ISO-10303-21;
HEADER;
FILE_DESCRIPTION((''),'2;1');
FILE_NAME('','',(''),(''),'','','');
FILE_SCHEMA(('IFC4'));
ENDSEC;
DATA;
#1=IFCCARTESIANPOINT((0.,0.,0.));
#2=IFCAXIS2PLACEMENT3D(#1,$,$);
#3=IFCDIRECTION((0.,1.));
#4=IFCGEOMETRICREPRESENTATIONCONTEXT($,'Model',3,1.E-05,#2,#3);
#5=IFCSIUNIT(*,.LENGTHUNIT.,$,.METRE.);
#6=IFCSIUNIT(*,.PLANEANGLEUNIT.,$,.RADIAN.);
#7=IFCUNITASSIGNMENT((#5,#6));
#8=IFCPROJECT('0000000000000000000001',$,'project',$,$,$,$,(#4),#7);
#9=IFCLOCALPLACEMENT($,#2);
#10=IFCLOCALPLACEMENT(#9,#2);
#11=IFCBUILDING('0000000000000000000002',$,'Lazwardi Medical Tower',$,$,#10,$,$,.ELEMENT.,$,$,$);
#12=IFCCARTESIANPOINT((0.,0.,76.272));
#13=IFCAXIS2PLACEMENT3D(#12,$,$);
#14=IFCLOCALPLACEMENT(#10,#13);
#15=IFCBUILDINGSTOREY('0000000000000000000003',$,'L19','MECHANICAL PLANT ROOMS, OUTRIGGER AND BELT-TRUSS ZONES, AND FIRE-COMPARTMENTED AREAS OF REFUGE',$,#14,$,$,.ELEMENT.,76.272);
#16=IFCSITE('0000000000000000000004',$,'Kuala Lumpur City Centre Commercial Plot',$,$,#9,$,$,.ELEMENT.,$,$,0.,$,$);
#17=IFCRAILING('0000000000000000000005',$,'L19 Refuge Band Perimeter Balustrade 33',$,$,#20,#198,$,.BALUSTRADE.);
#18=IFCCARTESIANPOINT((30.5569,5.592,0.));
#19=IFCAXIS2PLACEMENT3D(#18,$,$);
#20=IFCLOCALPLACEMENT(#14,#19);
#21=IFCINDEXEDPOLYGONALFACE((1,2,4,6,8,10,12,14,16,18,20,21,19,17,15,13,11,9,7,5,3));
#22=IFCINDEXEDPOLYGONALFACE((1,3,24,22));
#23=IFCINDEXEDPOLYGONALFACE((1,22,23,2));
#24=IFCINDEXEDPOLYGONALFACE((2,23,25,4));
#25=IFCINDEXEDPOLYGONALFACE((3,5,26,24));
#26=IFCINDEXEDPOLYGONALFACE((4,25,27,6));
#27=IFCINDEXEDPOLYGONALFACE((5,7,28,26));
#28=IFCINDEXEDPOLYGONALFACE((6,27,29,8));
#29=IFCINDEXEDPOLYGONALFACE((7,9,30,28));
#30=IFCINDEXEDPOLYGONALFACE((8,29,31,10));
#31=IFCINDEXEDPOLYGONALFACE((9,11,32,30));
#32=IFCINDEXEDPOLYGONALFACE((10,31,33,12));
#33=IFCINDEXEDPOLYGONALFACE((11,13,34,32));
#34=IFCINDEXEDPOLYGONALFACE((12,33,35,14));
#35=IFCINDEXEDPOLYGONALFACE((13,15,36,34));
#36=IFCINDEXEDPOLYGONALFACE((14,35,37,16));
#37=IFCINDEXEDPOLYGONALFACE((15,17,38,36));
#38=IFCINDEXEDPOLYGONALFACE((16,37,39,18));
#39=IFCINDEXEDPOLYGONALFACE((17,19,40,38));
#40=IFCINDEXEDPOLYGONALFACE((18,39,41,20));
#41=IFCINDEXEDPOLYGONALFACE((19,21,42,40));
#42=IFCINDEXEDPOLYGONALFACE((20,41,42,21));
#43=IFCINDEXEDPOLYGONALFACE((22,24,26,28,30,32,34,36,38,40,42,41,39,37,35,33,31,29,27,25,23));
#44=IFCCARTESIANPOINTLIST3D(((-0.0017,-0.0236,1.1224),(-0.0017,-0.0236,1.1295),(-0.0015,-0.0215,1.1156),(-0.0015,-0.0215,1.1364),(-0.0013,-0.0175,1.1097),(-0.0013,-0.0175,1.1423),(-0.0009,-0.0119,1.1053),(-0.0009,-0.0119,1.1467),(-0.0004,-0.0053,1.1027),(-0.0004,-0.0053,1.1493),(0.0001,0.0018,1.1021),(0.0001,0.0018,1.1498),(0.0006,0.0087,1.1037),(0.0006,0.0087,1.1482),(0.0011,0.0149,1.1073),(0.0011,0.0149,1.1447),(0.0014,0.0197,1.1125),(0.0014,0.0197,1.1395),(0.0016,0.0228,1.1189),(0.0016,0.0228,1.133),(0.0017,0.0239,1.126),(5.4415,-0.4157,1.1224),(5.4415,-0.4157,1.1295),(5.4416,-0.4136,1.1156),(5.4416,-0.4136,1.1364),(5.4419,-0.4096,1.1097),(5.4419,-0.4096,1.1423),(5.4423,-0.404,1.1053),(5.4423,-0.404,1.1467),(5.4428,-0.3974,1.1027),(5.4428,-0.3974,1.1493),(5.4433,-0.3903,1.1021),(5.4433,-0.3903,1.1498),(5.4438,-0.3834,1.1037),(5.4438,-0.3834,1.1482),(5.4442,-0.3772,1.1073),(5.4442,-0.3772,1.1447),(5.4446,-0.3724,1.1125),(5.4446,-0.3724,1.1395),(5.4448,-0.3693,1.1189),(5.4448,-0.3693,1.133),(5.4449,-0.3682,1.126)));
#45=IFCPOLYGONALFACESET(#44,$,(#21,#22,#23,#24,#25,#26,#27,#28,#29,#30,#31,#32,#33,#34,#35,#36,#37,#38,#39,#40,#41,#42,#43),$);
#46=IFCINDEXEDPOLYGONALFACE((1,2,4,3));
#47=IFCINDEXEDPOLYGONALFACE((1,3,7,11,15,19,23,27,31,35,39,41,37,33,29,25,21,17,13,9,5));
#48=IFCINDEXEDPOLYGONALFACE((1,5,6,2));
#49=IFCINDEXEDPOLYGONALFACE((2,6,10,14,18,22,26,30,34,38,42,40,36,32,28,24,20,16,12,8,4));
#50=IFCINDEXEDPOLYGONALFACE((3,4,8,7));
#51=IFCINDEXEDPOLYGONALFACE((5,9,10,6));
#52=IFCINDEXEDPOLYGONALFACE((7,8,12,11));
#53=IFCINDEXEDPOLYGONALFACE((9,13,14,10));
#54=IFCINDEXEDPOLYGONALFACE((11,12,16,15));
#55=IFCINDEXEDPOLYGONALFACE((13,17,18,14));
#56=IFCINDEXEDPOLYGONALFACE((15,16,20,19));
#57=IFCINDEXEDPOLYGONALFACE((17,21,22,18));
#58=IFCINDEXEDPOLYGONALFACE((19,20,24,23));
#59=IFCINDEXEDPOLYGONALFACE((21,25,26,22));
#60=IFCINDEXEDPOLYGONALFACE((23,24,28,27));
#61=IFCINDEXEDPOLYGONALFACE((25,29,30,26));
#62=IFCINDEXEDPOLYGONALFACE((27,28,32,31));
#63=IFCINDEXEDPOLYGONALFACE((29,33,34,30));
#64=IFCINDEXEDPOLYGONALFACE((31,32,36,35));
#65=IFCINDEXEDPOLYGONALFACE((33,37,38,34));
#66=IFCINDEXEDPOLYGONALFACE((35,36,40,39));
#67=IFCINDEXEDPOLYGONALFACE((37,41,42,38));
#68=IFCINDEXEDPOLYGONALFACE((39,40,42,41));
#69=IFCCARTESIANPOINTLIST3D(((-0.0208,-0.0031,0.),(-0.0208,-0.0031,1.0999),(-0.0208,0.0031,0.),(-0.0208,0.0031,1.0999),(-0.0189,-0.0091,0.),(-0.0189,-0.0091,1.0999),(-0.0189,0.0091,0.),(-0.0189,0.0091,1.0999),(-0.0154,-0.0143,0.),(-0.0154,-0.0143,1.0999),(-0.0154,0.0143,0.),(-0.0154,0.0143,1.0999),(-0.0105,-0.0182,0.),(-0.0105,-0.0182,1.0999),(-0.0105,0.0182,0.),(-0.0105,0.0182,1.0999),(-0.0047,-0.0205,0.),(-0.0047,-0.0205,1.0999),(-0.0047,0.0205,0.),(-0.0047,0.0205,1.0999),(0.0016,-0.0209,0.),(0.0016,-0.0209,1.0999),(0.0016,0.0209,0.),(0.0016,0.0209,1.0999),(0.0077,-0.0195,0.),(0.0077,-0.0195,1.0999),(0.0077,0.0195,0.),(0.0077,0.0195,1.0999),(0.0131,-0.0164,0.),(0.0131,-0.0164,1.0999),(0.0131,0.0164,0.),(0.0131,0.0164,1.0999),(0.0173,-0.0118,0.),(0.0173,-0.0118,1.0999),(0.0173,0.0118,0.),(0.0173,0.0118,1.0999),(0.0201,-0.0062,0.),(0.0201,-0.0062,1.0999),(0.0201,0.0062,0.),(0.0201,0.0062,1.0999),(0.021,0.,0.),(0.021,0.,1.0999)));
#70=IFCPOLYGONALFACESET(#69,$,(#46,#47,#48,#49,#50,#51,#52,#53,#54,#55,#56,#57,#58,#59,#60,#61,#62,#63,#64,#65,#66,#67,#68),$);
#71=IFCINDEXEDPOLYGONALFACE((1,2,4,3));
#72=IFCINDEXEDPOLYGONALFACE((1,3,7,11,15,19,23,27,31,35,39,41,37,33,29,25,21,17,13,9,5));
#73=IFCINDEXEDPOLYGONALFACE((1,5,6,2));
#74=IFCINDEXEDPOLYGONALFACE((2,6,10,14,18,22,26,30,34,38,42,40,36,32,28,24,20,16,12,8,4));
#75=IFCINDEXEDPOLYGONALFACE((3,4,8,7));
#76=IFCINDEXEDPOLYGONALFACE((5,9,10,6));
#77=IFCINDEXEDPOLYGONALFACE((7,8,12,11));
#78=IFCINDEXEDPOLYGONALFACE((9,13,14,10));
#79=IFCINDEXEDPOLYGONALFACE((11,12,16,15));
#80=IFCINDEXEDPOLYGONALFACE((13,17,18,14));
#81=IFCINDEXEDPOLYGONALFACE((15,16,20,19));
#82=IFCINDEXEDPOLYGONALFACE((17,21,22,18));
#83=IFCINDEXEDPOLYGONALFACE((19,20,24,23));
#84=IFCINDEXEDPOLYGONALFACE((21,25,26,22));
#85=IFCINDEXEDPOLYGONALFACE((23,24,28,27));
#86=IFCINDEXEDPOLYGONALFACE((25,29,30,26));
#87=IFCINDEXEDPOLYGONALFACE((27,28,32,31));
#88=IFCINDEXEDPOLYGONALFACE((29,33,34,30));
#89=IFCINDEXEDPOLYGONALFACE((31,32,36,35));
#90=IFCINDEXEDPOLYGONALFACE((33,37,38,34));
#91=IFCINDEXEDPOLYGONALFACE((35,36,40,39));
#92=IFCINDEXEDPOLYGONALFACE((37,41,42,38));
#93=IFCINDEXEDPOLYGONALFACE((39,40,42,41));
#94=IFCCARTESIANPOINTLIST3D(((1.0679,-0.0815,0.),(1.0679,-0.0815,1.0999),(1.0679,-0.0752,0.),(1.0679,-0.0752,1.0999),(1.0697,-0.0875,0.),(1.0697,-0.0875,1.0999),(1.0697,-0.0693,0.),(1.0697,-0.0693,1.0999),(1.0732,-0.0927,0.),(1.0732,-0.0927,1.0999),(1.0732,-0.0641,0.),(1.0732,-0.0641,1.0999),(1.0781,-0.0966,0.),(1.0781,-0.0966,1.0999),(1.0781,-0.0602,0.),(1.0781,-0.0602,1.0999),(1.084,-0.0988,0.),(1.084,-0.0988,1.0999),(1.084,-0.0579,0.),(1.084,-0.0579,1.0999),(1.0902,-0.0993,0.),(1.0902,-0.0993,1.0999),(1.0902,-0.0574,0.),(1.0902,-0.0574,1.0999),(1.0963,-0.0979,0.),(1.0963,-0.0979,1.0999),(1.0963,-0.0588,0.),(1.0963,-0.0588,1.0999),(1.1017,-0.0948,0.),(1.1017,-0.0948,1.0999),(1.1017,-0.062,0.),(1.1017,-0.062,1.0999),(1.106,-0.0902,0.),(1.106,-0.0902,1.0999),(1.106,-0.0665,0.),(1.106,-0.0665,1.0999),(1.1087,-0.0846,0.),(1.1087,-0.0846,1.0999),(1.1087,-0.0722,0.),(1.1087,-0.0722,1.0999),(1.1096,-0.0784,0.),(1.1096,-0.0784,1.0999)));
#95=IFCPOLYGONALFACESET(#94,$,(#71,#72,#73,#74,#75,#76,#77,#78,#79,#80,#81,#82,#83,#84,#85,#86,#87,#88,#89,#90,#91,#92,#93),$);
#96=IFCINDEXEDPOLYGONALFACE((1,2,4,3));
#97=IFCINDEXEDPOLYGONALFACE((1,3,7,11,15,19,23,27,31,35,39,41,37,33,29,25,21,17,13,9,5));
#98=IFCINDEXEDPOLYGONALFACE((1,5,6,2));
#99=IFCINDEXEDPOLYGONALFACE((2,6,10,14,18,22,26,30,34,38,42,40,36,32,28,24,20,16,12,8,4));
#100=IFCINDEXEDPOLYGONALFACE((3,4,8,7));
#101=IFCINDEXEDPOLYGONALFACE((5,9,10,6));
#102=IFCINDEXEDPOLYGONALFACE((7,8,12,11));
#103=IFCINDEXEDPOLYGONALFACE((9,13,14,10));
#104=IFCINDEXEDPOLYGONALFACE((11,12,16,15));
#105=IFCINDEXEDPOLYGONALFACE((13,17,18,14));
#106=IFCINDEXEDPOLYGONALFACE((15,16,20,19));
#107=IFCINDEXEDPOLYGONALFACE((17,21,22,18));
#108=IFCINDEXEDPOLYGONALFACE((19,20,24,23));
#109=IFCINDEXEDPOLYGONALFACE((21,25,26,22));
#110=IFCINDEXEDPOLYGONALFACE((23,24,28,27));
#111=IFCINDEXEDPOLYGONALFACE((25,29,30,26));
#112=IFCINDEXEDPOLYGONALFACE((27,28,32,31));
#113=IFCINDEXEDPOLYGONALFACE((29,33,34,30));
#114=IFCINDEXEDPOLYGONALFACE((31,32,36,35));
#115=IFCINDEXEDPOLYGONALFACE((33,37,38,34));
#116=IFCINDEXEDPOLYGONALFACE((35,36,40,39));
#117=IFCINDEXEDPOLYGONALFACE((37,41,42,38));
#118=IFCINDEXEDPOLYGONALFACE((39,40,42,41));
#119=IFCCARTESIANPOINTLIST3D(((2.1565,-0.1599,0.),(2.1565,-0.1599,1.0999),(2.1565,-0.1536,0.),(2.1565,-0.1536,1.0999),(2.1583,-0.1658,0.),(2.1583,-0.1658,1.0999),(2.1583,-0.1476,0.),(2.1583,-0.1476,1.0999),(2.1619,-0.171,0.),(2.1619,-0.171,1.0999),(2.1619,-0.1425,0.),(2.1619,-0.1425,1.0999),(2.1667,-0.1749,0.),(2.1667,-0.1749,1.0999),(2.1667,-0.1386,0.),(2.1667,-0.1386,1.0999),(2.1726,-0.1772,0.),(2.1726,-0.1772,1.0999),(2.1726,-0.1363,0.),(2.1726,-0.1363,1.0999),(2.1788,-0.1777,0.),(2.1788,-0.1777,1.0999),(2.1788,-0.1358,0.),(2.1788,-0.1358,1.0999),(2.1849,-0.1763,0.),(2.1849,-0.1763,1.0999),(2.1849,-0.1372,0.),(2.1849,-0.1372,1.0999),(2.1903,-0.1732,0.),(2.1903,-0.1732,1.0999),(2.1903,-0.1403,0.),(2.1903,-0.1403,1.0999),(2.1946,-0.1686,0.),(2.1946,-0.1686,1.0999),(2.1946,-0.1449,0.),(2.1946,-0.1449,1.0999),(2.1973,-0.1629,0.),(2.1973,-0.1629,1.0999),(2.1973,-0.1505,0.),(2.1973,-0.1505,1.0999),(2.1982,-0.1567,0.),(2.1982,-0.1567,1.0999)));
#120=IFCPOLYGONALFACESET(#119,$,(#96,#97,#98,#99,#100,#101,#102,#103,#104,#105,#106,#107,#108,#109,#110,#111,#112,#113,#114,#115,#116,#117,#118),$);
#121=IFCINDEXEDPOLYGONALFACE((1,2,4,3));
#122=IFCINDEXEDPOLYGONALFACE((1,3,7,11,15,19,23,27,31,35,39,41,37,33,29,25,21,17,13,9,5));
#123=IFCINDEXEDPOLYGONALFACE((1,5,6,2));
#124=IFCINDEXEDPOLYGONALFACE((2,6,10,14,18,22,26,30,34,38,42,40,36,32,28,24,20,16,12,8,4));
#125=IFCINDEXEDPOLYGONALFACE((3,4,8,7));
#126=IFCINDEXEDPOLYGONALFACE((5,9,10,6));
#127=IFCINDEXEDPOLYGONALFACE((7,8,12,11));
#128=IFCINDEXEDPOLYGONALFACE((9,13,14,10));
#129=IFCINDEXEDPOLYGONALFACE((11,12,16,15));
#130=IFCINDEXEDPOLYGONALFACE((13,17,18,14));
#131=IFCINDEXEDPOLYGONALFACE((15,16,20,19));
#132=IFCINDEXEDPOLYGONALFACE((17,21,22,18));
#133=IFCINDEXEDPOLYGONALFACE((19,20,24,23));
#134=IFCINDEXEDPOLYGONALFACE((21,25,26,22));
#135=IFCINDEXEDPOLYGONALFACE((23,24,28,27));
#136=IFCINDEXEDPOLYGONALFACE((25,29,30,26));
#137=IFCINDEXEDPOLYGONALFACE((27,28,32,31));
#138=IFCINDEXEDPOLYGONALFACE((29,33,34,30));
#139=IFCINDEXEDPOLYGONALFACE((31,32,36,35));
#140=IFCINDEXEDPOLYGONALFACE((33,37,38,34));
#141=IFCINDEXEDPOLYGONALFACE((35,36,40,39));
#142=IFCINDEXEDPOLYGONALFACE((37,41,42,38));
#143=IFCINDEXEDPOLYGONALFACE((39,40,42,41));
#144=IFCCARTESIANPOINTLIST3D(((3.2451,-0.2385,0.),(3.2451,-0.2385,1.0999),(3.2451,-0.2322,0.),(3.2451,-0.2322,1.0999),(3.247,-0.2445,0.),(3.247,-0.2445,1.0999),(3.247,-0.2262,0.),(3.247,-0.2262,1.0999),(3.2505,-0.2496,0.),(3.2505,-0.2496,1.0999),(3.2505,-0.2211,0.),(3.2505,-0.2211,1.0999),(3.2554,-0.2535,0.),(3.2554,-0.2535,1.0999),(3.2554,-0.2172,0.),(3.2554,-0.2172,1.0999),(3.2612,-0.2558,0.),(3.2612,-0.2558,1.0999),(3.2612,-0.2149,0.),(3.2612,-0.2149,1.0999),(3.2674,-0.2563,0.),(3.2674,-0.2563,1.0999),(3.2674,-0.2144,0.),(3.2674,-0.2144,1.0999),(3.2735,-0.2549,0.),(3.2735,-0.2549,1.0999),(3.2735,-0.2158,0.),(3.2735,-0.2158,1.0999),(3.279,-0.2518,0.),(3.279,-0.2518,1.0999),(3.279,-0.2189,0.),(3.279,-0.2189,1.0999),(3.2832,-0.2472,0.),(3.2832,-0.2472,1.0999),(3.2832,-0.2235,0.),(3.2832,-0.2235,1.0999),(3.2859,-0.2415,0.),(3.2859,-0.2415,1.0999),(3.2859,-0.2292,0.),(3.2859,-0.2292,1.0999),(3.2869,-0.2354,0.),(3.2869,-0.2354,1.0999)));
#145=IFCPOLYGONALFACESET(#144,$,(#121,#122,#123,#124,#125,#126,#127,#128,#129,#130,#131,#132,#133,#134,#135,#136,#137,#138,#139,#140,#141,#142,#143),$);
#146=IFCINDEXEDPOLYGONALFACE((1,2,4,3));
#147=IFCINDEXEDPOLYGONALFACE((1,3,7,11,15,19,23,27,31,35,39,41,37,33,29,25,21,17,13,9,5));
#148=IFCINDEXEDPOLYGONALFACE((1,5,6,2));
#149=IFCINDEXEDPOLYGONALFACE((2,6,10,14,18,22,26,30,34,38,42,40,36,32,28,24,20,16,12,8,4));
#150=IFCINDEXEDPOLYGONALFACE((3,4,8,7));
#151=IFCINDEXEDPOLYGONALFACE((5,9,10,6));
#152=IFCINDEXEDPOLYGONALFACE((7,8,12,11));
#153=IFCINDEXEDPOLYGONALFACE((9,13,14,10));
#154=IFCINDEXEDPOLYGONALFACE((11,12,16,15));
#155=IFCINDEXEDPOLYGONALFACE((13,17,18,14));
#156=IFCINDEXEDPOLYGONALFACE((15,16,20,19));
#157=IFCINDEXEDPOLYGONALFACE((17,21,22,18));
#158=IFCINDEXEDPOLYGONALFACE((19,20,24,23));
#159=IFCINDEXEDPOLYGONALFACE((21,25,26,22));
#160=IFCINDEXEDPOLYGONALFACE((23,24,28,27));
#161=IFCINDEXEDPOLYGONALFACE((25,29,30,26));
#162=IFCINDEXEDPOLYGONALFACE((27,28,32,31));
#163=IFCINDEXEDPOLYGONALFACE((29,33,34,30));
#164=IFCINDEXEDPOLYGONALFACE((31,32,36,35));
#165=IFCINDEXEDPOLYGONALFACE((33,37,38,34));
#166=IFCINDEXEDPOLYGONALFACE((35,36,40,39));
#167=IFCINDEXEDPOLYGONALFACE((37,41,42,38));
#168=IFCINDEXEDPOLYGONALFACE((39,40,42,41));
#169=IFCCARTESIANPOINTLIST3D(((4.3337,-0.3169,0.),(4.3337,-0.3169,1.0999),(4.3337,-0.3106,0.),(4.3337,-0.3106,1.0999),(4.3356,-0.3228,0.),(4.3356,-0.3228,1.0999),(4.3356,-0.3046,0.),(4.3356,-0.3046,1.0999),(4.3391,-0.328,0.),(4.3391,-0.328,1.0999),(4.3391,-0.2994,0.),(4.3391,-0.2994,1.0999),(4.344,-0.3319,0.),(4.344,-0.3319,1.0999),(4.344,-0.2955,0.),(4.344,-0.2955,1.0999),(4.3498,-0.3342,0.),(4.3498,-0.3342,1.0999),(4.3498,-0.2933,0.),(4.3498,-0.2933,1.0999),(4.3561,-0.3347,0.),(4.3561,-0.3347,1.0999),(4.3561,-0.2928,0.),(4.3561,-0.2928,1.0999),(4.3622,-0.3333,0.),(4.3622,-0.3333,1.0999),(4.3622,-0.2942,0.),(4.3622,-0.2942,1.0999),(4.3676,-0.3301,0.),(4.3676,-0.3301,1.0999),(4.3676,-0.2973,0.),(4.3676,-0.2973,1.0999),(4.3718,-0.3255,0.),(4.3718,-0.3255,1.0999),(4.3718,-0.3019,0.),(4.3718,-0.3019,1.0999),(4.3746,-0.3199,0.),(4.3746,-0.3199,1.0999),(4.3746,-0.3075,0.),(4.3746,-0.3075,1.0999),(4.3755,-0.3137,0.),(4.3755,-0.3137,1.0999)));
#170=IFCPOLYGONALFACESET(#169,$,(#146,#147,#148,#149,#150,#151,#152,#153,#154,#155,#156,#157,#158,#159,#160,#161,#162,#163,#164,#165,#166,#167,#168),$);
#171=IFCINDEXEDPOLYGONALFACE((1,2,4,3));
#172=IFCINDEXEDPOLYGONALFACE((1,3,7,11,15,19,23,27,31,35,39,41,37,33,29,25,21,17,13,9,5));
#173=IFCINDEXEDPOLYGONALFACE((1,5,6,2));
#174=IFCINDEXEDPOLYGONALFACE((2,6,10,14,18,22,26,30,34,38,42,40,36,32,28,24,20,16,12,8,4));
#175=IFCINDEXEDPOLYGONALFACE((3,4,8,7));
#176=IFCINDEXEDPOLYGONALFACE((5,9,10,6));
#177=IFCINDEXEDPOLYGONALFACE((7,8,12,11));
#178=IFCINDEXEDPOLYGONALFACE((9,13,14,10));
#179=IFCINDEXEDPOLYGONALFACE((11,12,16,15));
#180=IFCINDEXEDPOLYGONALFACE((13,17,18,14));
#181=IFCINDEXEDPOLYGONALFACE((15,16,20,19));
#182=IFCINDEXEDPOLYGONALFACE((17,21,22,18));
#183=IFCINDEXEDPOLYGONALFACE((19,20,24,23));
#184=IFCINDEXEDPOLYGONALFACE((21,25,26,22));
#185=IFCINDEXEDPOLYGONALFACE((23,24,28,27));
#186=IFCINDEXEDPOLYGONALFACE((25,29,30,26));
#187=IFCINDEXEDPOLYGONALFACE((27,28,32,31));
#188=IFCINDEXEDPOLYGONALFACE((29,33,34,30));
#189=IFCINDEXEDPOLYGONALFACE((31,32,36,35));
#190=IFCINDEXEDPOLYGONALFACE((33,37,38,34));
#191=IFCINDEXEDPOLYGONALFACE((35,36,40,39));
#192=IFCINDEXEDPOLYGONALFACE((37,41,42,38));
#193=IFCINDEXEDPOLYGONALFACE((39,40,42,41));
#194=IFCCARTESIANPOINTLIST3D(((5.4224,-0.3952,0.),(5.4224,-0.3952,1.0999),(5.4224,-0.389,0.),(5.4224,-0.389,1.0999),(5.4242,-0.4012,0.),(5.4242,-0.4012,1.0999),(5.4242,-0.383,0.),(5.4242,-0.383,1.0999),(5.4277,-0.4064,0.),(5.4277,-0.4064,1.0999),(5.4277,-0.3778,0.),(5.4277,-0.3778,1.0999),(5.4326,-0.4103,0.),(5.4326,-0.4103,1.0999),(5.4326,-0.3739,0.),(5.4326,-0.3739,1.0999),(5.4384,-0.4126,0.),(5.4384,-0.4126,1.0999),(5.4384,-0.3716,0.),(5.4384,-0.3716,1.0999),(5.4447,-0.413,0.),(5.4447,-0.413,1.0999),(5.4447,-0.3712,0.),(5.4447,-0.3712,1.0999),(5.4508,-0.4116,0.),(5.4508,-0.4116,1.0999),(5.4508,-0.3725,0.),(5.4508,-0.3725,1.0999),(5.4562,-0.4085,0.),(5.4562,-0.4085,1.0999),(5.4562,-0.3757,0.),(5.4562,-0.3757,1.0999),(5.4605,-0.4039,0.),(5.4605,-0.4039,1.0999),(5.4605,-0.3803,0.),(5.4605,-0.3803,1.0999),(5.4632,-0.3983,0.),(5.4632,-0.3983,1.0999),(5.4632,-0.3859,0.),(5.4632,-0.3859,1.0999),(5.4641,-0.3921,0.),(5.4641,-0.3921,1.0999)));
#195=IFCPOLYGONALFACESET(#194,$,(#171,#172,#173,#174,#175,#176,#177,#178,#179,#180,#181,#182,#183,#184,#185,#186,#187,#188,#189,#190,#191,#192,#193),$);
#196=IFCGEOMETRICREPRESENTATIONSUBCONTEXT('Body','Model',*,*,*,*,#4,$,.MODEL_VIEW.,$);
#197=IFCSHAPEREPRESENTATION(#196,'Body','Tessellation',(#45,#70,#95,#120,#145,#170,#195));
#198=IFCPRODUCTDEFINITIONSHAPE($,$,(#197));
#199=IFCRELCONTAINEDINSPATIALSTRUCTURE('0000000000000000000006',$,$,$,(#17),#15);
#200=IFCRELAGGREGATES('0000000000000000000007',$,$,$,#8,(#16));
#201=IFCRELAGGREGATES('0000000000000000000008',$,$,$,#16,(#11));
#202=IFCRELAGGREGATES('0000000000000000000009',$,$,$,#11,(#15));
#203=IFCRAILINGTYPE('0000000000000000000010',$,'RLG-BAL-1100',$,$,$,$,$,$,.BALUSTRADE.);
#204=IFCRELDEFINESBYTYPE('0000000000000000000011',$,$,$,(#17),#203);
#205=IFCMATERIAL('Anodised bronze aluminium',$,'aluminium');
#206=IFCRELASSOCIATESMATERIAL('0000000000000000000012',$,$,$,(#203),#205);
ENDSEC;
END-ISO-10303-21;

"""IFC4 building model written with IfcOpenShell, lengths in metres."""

from ifc_helpers import new_model, si_unit, direction, frame, origin, origin_2d, place, context, subcontext, project, spatial, circle, extrude, material, type_object, element, save


model = new_model("IFC4")

# Units and contexts
model_context = context("Model", 3, precision=1e-05, world=origin(), true_north=direction((0.0, 1.0)))
body_context = subcontext(model_context, "Body", "Model", "MODEL_VIEW")
ifc_project = project(units=[si_unit("LENGTHUNIT", "METRE"), si_unit("PLANEANGLEUNIT", "RADIAN")], contexts=[model_context])

# Site, building, storey
site_placement = place(None, origin())
site = spatial("IfcSite", under=ifc_project, at=site_placement, Name="Kuala Lumpur City Centre Commercial Plot", CompositionType="ELEMENT", RefElevation=0.0)
building_placement = place(site_placement, origin())
building = spatial("IfcBuilding", under=site, at=building_placement, Name="Lazwardi Medical Tower", CompositionType="ELEMENT")
storey_placement = place(building_placement, frame((0.0, 0.0, 76.272)))
storey = spatial("IfcBuildingStorey", under=building, at=storey_placement, Name="L19", Description="MECHANICAL PLANT ROOMS, OUTRIGGER AND BELT-TRUSS ZONES, AND FIRE-COMPARTMENTED AREAS OF REFUGE", CompositionType="ELEMENT", Elevation=76.272)

# Railing
ifc_material_1 = material(Name="Anodised bronze aluminium", Category="aluminium")
railing_type = type_object("IfcRailingType", Name="RLG-BAL-1100", PredefinedType="BALUSTRADE", material=ifc_material_1)
railing_1_placement = place(storey_placement, frame((30.5569, 5.592, 0.0)))
element("IfcRailing", 1, at=railing_1_placement, inside=storey, type_object=railing_type, Name="L19 Refuge Band Perimeter Balustrade 33", PredefinedType="BALUSTRADE", context=body_context, shape_type="SweptSolid", body=[
    extrude(circle(Radius=0.0239, at=origin_2d()), frame((0.0, 0.0, 1.126), z_axis=(0.997416, -0.071848, 0.0), x_axis=(0.071848, 0.997416, 0.0)), (0.0, 0.0, 1.0), 5.4573),
    extrude(circle(Radius=0.021, at=origin_2d()), origin(), (0.0, 0.0, 1.0), 1.0999),
    extrude(circle(Radius=0.021, at=origin_2d()), frame((1.0886, -0.0784, 0.0)), (0.0, 0.0, 1.0), 1.0999),
    extrude(circle(Radius=0.021, at=origin_2d()), frame((2.1772, -0.1567, 0.0)), (0.0, 0.0, 1.0), 1.0999),
    extrude(circle(Radius=0.021, at=origin_2d()), frame((3.2659, -0.2354, 0.0)), (0.0, 0.0, 1.0), 1.0999),
    extrude(circle(Radius=0.021, at=origin_2d()), frame((4.3545, -0.3137, 0.0)), (0.0, 0.0, 1.0), 1.0999),
    extrude(circle(Radius=0.021, at=origin_2d()), frame((5.4431, -0.3921, 0.0)), (0.0, 0.0, 1.0), 1.0999),
])

save(model, "model.ifc")
